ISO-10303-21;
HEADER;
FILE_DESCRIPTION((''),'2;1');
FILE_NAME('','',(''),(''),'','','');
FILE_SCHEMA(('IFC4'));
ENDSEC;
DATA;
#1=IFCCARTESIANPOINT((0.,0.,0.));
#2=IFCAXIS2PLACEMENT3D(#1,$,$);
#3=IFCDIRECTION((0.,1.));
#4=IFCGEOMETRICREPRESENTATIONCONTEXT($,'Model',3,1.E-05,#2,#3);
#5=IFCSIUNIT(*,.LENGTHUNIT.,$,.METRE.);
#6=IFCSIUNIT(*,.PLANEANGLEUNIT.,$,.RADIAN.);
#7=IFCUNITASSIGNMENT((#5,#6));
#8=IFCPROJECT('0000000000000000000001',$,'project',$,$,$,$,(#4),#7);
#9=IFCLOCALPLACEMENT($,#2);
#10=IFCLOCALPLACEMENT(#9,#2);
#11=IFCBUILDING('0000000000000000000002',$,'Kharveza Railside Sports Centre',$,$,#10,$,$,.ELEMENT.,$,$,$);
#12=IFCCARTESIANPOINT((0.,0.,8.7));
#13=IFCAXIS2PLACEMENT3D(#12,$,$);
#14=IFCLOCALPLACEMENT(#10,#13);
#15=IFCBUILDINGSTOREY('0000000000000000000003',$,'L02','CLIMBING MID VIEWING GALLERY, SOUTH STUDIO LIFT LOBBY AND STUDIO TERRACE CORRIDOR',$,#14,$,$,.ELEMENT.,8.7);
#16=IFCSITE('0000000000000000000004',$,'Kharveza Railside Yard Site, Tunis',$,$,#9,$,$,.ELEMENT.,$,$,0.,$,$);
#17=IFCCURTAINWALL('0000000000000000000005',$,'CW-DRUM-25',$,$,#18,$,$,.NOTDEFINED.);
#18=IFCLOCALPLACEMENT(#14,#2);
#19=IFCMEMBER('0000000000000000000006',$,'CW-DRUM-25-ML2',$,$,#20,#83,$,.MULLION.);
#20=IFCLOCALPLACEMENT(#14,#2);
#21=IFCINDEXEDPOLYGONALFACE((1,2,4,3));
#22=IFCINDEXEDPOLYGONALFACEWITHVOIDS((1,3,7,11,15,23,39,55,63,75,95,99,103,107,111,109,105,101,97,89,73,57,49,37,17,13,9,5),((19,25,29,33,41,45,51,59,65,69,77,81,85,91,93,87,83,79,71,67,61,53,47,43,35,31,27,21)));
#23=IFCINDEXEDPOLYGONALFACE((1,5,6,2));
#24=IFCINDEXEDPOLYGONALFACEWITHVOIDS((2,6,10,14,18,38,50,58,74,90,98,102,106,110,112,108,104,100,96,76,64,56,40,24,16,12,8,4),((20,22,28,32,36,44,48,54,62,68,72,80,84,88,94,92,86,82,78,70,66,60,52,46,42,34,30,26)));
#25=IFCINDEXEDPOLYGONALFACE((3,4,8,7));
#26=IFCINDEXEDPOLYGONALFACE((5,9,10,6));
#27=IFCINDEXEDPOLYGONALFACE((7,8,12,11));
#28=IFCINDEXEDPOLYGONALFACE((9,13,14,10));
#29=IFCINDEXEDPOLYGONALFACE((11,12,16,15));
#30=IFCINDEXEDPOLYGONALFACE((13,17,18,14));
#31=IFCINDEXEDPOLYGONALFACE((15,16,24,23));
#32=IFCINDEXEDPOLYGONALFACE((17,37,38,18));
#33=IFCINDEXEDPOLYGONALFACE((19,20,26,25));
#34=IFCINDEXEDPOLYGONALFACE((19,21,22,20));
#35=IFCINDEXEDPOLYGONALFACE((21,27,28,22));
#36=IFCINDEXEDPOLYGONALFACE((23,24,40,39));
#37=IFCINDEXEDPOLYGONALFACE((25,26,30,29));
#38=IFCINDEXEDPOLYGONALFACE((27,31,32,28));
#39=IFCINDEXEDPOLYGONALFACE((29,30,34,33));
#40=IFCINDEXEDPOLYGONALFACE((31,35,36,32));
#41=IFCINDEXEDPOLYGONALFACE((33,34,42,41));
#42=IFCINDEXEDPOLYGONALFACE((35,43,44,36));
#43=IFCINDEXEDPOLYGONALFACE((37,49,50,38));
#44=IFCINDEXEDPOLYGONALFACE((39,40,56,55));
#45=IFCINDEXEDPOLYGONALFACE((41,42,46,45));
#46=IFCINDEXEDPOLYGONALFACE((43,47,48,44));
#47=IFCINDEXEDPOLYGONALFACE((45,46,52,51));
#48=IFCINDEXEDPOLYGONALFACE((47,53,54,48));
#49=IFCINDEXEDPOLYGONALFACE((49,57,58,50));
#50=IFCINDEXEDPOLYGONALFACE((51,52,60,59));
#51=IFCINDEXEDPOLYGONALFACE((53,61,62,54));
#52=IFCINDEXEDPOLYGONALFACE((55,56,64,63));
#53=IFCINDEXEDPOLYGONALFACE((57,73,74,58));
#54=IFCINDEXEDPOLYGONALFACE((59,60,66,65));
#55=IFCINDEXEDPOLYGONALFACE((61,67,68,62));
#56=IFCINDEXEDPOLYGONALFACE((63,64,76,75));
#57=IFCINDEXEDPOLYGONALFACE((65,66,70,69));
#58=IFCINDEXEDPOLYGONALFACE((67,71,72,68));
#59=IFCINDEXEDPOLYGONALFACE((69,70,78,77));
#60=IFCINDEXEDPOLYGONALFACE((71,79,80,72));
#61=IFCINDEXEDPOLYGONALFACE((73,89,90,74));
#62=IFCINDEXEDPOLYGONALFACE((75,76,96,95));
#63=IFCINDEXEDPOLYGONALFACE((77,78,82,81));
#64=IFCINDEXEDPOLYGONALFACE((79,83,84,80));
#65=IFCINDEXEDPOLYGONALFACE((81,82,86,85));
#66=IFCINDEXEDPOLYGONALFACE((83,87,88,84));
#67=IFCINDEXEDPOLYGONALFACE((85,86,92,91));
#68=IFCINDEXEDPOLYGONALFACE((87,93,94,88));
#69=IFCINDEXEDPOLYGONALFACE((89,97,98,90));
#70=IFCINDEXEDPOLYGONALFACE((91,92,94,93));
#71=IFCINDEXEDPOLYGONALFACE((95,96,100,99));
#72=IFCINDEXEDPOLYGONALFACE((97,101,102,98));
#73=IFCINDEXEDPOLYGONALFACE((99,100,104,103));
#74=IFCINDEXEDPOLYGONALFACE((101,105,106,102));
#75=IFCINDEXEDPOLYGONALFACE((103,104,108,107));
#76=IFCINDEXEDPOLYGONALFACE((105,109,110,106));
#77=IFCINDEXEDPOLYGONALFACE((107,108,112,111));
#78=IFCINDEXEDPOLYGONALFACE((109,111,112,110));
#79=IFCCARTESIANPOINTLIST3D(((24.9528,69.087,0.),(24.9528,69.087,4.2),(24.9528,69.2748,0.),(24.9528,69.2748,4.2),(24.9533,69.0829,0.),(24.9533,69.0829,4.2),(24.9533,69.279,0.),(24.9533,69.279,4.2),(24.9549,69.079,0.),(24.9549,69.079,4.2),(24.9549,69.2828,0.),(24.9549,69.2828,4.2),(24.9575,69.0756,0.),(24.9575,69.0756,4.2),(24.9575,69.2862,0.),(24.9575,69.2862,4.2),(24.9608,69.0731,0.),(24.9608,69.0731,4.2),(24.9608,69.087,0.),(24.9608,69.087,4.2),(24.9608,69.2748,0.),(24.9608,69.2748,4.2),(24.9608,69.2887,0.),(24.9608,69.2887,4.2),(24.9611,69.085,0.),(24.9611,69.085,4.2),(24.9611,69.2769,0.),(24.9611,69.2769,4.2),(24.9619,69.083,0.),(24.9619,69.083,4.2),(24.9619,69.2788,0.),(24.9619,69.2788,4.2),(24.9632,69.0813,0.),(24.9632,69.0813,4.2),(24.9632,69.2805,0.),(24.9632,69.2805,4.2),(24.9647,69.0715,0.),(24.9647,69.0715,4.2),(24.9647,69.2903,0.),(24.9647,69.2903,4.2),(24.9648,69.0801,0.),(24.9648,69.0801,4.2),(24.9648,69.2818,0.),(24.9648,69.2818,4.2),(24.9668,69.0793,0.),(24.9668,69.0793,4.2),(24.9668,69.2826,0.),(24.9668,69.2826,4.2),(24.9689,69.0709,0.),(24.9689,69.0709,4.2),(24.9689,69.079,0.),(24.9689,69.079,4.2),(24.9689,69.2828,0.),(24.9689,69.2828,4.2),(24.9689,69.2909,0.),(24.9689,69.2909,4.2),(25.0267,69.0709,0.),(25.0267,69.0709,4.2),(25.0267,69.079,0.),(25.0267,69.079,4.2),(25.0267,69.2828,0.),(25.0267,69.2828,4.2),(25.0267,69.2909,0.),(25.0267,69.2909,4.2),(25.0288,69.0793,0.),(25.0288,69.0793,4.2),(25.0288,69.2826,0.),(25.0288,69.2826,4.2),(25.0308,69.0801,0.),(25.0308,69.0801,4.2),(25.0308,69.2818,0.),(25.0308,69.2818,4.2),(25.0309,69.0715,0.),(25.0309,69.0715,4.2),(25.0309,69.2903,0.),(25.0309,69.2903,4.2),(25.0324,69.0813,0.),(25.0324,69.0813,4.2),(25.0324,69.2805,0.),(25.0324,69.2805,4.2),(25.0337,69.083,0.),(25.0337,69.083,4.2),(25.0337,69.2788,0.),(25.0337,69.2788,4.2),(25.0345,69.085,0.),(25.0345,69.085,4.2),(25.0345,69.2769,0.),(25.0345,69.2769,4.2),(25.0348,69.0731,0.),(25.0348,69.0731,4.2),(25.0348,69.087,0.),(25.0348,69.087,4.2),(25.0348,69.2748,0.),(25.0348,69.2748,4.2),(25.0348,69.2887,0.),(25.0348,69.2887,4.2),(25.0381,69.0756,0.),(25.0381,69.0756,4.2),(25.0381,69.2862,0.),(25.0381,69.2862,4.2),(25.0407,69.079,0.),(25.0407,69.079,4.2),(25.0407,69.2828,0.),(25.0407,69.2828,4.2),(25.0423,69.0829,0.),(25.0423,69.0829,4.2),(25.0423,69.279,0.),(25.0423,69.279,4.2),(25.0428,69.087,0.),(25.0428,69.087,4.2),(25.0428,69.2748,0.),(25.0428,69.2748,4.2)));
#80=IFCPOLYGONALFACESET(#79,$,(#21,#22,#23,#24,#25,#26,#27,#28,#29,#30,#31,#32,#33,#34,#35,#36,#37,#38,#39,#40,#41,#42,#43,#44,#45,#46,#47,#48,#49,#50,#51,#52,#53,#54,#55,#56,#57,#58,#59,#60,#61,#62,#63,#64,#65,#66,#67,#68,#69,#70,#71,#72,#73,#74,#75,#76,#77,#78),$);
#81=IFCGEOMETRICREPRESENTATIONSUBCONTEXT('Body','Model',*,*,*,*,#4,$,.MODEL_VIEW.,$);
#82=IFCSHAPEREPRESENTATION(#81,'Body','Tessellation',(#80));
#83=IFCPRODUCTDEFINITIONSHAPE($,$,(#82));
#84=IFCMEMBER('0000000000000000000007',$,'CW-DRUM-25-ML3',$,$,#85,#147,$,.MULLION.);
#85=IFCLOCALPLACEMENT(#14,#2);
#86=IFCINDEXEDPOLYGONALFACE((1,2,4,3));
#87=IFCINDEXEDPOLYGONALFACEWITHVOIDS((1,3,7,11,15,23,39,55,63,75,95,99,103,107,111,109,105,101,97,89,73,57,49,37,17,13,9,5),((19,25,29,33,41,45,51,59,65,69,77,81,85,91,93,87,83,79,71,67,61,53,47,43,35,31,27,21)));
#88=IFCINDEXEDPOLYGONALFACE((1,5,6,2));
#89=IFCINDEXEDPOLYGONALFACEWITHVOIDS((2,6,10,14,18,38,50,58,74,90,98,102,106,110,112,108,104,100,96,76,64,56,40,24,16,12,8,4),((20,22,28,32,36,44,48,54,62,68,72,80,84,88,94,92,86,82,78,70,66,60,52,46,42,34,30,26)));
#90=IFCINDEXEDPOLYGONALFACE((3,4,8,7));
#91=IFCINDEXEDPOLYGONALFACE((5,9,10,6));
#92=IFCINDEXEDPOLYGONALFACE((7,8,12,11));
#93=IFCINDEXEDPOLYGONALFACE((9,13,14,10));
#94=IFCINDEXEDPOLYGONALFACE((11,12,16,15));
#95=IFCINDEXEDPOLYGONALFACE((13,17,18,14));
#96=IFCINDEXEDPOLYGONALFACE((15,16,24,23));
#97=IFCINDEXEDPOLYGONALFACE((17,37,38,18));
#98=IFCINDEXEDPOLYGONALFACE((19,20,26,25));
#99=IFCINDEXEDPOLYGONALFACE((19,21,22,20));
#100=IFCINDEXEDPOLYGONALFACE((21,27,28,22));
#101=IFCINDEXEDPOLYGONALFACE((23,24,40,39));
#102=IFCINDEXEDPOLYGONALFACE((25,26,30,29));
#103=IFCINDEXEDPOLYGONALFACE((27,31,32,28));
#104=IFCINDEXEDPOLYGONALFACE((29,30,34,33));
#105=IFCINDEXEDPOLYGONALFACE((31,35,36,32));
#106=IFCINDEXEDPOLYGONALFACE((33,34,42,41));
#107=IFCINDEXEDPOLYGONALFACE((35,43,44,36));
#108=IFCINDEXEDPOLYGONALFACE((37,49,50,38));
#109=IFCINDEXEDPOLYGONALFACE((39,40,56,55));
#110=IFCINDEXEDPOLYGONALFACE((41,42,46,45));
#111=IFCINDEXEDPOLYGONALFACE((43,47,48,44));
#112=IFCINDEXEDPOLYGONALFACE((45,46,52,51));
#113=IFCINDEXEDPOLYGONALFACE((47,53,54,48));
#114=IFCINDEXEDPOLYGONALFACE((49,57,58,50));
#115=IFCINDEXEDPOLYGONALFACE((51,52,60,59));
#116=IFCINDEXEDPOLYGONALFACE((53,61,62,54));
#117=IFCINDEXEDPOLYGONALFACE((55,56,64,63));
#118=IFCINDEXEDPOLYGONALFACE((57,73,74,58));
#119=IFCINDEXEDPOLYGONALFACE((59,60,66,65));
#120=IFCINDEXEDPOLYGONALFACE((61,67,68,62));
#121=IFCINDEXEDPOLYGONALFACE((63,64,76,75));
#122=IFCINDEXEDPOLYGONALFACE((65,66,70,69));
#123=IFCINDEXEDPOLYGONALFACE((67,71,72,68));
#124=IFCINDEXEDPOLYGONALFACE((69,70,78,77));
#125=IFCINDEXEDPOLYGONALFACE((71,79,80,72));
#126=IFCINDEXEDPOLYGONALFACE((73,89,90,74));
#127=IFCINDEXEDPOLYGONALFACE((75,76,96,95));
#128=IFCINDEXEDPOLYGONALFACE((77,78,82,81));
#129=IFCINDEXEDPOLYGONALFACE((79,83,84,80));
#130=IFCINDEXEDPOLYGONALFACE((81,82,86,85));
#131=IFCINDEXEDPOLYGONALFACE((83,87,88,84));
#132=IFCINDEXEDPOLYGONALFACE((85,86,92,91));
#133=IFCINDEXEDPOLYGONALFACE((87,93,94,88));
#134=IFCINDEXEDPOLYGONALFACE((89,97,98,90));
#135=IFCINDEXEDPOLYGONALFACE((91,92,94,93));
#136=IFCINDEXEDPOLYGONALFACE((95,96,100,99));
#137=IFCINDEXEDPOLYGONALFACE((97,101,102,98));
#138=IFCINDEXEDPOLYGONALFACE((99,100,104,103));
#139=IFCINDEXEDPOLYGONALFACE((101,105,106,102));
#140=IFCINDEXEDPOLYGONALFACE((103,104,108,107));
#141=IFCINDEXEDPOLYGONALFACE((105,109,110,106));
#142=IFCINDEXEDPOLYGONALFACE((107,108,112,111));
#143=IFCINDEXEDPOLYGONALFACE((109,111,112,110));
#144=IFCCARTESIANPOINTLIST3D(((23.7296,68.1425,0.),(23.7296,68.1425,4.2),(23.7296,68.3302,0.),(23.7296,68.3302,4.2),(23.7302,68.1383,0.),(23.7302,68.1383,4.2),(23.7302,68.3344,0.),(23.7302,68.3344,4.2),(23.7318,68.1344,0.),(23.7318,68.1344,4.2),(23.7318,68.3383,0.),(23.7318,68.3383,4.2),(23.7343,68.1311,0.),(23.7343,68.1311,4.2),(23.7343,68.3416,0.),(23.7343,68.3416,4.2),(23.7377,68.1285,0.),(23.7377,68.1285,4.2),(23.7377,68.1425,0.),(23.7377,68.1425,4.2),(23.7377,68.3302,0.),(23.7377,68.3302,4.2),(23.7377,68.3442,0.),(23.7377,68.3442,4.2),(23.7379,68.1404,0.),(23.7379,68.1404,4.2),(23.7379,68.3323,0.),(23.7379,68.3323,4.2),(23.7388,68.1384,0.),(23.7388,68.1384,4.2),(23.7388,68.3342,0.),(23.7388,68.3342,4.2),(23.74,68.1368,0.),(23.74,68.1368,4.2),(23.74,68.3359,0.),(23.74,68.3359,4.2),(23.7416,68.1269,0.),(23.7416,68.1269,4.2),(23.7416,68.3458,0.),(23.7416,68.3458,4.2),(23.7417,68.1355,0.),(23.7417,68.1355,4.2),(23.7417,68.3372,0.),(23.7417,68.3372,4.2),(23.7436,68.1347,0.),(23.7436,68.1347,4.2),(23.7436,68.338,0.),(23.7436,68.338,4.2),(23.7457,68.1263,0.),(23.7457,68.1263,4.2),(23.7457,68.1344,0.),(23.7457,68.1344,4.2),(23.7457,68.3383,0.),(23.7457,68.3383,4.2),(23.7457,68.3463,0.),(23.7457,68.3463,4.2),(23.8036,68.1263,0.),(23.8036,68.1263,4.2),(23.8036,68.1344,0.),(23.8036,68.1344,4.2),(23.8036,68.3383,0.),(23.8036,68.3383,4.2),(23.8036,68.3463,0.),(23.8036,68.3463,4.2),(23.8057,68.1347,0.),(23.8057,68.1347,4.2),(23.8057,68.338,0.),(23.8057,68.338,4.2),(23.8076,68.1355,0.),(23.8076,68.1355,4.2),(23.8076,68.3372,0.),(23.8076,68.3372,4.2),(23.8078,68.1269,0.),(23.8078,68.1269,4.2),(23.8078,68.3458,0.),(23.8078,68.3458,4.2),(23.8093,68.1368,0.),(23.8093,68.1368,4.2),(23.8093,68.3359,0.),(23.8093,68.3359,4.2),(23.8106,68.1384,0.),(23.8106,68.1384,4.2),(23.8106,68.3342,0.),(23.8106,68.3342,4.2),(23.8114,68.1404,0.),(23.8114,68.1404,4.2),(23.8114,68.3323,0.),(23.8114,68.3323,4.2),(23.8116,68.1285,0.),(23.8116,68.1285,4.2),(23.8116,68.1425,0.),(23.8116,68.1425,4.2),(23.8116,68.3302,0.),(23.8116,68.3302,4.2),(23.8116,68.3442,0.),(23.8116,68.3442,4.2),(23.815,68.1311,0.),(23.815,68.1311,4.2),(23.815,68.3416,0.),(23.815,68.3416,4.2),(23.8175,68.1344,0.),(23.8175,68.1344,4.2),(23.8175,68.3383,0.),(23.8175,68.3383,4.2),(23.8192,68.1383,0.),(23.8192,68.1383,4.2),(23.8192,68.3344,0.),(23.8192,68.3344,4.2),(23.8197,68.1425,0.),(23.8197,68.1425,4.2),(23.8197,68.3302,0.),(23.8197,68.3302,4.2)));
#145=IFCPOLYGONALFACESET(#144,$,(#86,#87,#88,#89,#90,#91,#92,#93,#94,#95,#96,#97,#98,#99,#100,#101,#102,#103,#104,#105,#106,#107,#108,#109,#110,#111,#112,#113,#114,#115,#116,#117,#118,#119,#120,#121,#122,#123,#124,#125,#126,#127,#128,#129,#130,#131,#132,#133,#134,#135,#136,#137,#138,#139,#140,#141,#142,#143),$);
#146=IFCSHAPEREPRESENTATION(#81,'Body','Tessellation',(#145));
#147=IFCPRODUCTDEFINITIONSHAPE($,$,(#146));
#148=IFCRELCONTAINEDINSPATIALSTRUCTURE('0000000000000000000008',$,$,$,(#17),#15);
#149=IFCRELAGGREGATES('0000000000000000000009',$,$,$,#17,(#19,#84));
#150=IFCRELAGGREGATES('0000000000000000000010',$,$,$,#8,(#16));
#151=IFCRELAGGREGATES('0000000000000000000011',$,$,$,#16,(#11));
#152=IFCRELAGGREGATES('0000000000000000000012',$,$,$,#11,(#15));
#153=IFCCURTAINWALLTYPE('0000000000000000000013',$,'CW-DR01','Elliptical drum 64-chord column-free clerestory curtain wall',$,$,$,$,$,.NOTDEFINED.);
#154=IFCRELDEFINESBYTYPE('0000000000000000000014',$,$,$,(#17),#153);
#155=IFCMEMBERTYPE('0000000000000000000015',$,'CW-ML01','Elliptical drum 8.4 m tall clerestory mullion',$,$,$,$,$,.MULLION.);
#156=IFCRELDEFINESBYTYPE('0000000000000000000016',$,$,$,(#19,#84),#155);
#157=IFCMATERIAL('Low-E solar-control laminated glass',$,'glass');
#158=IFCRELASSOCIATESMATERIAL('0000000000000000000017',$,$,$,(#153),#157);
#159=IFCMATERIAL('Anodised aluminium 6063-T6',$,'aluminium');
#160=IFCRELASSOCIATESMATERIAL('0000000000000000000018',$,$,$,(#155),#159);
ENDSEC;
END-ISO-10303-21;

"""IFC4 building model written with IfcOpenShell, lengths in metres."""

from ifc_helpers import new_model, si_unit, direction, frame, origin, origin_2d, place, context, subcontext, project, spatial, hollow_rectangle, extrude, material, material_profile, profile_set, type_object, element, aggregate, save


model = new_model("IFC4")

# Units and contexts
model_context = context("Model", 3, precision=1e-05, world=origin(), true_north=direction((0.0, 1.0)))
body_context = subcontext(model_context, "Body", "Model", "MODEL_VIEW")
ifc_project = project(units=[si_unit("LENGTHUNIT", "METRE"), si_unit("PLANEANGLEUNIT", "RADIAN")], contexts=[model_context])

# Site, building, storey
site_placement = place(None, origin())
site = spatial("IfcSite", under=ifc_project, at=site_placement, Name="Kharveza Railside Yard Site, Tunis", CompositionType="ELEMENT", RefElevation=0.0)
building_placement = place(site_placement, origin())
building = spatial("IfcBuilding", under=site, at=building_placement, Name="Kharveza Railside Sports Centre", CompositionType="ELEMENT")
storey_placement = place(building_placement, frame((0.0, 0.0, 8.7)))
storey = spatial("IfcBuildingStorey", under=building, at=storey_placement, Name="L02", Description="CLIMBING MID VIEWING GALLERY, SOUTH STUDIO LIFT LOBBY AND STUDIO TERRACE CORRIDOR", CompositionType="ELEMENT", Elevation=8.7)

# Curtain wall, members
ifc_material_1 = material(Name="Low-E solar-control laminated glass", Category="glass")
curtain_wall_type = type_object("IfcCurtainWallType", Name="CW-DR01", Description="Elliptical drum 64-chord column-free clerestory curtain wall", PredefinedType="NOTDEFINED", material=ifc_material_1)
curtain_wall_1_placement = place(storey_placement, origin())
curtain_wall_1 = element("IfcCurtainWall", 1, at=curtain_wall_1_placement, inside=storey, type_object=curtain_wall_type, Name="CW-DRUM-25", PredefinedType="NOTDEFINED")
ifc_material_2 = material(Name="Anodised aluminium 6063-T6", Category="aluminium")
ifc_material_profile_1 = material_profile(ifc_material_2, hollow_rectangle(XDim=0.0901, YDim=0.22, WallThickness=0.0081, InnerFilletRadius=0.0081, OuterFilletRadius=0.0161, at=origin_2d()), Name="RHS 90x220x8.0")
ifc_profile_set_1 = profile_set([ifc_material_profile_1], Name="Anodised aluminium 6063-T6")
member_type_1 = type_object("IfcMemberType", Name="CW-ML01", Description="Elliptical drum 8.4 m tall clerestory mullion", PredefinedType="MULLION", material=ifc_profile_set_1)
member_1_placement = place(storey_placement, frame((24.9978, 69.1809, 0.0), z_axis=(0.0, 0.0, 1.0), x_axis=(1.0, 0.0, 0.0)))
member_1 = element("IfcMember", 2, at=member_1_placement, type_object=member_type_1, Name="CW-DRUM-25-ML2", PredefinedType="MULLION", context=body_context, shape_type="SweptSolid", body=[
    extrude(hollow_rectangle(XDim=0.0901, YDim=0.22, WallThickness=0.0081, InnerFilletRadius=0.0081, OuterFilletRadius=0.0161, at=origin_2d()), origin(), (0.0, 0.0, 1.0), 4.2),
])
member_2_placement = place(storey_placement, frame((23.7747, 68.2363, 0.0), z_axis=(0.0, 0.0, 1.0), x_axis=(1.0, 0.0, 0.0)))
member_2 = element("IfcMember", 3, at=member_2_placement, type_object=member_type_1, Name="CW-DRUM-25-ML3", PredefinedType="MULLION", context=body_context, shape_type="SweptSolid", body=[
    extrude(hollow_rectangle(XDim=0.0901, YDim=0.22, WallThickness=0.0081, InnerFilletRadius=0.0081, OuterFilletRadius=0.0161, at=origin_2d()), origin(), (0.0, 0.0, 1.0), 4.2),
])

aggregate(curtain_wall_1, [member_1, member_2])

save(model, "model.ifc")
